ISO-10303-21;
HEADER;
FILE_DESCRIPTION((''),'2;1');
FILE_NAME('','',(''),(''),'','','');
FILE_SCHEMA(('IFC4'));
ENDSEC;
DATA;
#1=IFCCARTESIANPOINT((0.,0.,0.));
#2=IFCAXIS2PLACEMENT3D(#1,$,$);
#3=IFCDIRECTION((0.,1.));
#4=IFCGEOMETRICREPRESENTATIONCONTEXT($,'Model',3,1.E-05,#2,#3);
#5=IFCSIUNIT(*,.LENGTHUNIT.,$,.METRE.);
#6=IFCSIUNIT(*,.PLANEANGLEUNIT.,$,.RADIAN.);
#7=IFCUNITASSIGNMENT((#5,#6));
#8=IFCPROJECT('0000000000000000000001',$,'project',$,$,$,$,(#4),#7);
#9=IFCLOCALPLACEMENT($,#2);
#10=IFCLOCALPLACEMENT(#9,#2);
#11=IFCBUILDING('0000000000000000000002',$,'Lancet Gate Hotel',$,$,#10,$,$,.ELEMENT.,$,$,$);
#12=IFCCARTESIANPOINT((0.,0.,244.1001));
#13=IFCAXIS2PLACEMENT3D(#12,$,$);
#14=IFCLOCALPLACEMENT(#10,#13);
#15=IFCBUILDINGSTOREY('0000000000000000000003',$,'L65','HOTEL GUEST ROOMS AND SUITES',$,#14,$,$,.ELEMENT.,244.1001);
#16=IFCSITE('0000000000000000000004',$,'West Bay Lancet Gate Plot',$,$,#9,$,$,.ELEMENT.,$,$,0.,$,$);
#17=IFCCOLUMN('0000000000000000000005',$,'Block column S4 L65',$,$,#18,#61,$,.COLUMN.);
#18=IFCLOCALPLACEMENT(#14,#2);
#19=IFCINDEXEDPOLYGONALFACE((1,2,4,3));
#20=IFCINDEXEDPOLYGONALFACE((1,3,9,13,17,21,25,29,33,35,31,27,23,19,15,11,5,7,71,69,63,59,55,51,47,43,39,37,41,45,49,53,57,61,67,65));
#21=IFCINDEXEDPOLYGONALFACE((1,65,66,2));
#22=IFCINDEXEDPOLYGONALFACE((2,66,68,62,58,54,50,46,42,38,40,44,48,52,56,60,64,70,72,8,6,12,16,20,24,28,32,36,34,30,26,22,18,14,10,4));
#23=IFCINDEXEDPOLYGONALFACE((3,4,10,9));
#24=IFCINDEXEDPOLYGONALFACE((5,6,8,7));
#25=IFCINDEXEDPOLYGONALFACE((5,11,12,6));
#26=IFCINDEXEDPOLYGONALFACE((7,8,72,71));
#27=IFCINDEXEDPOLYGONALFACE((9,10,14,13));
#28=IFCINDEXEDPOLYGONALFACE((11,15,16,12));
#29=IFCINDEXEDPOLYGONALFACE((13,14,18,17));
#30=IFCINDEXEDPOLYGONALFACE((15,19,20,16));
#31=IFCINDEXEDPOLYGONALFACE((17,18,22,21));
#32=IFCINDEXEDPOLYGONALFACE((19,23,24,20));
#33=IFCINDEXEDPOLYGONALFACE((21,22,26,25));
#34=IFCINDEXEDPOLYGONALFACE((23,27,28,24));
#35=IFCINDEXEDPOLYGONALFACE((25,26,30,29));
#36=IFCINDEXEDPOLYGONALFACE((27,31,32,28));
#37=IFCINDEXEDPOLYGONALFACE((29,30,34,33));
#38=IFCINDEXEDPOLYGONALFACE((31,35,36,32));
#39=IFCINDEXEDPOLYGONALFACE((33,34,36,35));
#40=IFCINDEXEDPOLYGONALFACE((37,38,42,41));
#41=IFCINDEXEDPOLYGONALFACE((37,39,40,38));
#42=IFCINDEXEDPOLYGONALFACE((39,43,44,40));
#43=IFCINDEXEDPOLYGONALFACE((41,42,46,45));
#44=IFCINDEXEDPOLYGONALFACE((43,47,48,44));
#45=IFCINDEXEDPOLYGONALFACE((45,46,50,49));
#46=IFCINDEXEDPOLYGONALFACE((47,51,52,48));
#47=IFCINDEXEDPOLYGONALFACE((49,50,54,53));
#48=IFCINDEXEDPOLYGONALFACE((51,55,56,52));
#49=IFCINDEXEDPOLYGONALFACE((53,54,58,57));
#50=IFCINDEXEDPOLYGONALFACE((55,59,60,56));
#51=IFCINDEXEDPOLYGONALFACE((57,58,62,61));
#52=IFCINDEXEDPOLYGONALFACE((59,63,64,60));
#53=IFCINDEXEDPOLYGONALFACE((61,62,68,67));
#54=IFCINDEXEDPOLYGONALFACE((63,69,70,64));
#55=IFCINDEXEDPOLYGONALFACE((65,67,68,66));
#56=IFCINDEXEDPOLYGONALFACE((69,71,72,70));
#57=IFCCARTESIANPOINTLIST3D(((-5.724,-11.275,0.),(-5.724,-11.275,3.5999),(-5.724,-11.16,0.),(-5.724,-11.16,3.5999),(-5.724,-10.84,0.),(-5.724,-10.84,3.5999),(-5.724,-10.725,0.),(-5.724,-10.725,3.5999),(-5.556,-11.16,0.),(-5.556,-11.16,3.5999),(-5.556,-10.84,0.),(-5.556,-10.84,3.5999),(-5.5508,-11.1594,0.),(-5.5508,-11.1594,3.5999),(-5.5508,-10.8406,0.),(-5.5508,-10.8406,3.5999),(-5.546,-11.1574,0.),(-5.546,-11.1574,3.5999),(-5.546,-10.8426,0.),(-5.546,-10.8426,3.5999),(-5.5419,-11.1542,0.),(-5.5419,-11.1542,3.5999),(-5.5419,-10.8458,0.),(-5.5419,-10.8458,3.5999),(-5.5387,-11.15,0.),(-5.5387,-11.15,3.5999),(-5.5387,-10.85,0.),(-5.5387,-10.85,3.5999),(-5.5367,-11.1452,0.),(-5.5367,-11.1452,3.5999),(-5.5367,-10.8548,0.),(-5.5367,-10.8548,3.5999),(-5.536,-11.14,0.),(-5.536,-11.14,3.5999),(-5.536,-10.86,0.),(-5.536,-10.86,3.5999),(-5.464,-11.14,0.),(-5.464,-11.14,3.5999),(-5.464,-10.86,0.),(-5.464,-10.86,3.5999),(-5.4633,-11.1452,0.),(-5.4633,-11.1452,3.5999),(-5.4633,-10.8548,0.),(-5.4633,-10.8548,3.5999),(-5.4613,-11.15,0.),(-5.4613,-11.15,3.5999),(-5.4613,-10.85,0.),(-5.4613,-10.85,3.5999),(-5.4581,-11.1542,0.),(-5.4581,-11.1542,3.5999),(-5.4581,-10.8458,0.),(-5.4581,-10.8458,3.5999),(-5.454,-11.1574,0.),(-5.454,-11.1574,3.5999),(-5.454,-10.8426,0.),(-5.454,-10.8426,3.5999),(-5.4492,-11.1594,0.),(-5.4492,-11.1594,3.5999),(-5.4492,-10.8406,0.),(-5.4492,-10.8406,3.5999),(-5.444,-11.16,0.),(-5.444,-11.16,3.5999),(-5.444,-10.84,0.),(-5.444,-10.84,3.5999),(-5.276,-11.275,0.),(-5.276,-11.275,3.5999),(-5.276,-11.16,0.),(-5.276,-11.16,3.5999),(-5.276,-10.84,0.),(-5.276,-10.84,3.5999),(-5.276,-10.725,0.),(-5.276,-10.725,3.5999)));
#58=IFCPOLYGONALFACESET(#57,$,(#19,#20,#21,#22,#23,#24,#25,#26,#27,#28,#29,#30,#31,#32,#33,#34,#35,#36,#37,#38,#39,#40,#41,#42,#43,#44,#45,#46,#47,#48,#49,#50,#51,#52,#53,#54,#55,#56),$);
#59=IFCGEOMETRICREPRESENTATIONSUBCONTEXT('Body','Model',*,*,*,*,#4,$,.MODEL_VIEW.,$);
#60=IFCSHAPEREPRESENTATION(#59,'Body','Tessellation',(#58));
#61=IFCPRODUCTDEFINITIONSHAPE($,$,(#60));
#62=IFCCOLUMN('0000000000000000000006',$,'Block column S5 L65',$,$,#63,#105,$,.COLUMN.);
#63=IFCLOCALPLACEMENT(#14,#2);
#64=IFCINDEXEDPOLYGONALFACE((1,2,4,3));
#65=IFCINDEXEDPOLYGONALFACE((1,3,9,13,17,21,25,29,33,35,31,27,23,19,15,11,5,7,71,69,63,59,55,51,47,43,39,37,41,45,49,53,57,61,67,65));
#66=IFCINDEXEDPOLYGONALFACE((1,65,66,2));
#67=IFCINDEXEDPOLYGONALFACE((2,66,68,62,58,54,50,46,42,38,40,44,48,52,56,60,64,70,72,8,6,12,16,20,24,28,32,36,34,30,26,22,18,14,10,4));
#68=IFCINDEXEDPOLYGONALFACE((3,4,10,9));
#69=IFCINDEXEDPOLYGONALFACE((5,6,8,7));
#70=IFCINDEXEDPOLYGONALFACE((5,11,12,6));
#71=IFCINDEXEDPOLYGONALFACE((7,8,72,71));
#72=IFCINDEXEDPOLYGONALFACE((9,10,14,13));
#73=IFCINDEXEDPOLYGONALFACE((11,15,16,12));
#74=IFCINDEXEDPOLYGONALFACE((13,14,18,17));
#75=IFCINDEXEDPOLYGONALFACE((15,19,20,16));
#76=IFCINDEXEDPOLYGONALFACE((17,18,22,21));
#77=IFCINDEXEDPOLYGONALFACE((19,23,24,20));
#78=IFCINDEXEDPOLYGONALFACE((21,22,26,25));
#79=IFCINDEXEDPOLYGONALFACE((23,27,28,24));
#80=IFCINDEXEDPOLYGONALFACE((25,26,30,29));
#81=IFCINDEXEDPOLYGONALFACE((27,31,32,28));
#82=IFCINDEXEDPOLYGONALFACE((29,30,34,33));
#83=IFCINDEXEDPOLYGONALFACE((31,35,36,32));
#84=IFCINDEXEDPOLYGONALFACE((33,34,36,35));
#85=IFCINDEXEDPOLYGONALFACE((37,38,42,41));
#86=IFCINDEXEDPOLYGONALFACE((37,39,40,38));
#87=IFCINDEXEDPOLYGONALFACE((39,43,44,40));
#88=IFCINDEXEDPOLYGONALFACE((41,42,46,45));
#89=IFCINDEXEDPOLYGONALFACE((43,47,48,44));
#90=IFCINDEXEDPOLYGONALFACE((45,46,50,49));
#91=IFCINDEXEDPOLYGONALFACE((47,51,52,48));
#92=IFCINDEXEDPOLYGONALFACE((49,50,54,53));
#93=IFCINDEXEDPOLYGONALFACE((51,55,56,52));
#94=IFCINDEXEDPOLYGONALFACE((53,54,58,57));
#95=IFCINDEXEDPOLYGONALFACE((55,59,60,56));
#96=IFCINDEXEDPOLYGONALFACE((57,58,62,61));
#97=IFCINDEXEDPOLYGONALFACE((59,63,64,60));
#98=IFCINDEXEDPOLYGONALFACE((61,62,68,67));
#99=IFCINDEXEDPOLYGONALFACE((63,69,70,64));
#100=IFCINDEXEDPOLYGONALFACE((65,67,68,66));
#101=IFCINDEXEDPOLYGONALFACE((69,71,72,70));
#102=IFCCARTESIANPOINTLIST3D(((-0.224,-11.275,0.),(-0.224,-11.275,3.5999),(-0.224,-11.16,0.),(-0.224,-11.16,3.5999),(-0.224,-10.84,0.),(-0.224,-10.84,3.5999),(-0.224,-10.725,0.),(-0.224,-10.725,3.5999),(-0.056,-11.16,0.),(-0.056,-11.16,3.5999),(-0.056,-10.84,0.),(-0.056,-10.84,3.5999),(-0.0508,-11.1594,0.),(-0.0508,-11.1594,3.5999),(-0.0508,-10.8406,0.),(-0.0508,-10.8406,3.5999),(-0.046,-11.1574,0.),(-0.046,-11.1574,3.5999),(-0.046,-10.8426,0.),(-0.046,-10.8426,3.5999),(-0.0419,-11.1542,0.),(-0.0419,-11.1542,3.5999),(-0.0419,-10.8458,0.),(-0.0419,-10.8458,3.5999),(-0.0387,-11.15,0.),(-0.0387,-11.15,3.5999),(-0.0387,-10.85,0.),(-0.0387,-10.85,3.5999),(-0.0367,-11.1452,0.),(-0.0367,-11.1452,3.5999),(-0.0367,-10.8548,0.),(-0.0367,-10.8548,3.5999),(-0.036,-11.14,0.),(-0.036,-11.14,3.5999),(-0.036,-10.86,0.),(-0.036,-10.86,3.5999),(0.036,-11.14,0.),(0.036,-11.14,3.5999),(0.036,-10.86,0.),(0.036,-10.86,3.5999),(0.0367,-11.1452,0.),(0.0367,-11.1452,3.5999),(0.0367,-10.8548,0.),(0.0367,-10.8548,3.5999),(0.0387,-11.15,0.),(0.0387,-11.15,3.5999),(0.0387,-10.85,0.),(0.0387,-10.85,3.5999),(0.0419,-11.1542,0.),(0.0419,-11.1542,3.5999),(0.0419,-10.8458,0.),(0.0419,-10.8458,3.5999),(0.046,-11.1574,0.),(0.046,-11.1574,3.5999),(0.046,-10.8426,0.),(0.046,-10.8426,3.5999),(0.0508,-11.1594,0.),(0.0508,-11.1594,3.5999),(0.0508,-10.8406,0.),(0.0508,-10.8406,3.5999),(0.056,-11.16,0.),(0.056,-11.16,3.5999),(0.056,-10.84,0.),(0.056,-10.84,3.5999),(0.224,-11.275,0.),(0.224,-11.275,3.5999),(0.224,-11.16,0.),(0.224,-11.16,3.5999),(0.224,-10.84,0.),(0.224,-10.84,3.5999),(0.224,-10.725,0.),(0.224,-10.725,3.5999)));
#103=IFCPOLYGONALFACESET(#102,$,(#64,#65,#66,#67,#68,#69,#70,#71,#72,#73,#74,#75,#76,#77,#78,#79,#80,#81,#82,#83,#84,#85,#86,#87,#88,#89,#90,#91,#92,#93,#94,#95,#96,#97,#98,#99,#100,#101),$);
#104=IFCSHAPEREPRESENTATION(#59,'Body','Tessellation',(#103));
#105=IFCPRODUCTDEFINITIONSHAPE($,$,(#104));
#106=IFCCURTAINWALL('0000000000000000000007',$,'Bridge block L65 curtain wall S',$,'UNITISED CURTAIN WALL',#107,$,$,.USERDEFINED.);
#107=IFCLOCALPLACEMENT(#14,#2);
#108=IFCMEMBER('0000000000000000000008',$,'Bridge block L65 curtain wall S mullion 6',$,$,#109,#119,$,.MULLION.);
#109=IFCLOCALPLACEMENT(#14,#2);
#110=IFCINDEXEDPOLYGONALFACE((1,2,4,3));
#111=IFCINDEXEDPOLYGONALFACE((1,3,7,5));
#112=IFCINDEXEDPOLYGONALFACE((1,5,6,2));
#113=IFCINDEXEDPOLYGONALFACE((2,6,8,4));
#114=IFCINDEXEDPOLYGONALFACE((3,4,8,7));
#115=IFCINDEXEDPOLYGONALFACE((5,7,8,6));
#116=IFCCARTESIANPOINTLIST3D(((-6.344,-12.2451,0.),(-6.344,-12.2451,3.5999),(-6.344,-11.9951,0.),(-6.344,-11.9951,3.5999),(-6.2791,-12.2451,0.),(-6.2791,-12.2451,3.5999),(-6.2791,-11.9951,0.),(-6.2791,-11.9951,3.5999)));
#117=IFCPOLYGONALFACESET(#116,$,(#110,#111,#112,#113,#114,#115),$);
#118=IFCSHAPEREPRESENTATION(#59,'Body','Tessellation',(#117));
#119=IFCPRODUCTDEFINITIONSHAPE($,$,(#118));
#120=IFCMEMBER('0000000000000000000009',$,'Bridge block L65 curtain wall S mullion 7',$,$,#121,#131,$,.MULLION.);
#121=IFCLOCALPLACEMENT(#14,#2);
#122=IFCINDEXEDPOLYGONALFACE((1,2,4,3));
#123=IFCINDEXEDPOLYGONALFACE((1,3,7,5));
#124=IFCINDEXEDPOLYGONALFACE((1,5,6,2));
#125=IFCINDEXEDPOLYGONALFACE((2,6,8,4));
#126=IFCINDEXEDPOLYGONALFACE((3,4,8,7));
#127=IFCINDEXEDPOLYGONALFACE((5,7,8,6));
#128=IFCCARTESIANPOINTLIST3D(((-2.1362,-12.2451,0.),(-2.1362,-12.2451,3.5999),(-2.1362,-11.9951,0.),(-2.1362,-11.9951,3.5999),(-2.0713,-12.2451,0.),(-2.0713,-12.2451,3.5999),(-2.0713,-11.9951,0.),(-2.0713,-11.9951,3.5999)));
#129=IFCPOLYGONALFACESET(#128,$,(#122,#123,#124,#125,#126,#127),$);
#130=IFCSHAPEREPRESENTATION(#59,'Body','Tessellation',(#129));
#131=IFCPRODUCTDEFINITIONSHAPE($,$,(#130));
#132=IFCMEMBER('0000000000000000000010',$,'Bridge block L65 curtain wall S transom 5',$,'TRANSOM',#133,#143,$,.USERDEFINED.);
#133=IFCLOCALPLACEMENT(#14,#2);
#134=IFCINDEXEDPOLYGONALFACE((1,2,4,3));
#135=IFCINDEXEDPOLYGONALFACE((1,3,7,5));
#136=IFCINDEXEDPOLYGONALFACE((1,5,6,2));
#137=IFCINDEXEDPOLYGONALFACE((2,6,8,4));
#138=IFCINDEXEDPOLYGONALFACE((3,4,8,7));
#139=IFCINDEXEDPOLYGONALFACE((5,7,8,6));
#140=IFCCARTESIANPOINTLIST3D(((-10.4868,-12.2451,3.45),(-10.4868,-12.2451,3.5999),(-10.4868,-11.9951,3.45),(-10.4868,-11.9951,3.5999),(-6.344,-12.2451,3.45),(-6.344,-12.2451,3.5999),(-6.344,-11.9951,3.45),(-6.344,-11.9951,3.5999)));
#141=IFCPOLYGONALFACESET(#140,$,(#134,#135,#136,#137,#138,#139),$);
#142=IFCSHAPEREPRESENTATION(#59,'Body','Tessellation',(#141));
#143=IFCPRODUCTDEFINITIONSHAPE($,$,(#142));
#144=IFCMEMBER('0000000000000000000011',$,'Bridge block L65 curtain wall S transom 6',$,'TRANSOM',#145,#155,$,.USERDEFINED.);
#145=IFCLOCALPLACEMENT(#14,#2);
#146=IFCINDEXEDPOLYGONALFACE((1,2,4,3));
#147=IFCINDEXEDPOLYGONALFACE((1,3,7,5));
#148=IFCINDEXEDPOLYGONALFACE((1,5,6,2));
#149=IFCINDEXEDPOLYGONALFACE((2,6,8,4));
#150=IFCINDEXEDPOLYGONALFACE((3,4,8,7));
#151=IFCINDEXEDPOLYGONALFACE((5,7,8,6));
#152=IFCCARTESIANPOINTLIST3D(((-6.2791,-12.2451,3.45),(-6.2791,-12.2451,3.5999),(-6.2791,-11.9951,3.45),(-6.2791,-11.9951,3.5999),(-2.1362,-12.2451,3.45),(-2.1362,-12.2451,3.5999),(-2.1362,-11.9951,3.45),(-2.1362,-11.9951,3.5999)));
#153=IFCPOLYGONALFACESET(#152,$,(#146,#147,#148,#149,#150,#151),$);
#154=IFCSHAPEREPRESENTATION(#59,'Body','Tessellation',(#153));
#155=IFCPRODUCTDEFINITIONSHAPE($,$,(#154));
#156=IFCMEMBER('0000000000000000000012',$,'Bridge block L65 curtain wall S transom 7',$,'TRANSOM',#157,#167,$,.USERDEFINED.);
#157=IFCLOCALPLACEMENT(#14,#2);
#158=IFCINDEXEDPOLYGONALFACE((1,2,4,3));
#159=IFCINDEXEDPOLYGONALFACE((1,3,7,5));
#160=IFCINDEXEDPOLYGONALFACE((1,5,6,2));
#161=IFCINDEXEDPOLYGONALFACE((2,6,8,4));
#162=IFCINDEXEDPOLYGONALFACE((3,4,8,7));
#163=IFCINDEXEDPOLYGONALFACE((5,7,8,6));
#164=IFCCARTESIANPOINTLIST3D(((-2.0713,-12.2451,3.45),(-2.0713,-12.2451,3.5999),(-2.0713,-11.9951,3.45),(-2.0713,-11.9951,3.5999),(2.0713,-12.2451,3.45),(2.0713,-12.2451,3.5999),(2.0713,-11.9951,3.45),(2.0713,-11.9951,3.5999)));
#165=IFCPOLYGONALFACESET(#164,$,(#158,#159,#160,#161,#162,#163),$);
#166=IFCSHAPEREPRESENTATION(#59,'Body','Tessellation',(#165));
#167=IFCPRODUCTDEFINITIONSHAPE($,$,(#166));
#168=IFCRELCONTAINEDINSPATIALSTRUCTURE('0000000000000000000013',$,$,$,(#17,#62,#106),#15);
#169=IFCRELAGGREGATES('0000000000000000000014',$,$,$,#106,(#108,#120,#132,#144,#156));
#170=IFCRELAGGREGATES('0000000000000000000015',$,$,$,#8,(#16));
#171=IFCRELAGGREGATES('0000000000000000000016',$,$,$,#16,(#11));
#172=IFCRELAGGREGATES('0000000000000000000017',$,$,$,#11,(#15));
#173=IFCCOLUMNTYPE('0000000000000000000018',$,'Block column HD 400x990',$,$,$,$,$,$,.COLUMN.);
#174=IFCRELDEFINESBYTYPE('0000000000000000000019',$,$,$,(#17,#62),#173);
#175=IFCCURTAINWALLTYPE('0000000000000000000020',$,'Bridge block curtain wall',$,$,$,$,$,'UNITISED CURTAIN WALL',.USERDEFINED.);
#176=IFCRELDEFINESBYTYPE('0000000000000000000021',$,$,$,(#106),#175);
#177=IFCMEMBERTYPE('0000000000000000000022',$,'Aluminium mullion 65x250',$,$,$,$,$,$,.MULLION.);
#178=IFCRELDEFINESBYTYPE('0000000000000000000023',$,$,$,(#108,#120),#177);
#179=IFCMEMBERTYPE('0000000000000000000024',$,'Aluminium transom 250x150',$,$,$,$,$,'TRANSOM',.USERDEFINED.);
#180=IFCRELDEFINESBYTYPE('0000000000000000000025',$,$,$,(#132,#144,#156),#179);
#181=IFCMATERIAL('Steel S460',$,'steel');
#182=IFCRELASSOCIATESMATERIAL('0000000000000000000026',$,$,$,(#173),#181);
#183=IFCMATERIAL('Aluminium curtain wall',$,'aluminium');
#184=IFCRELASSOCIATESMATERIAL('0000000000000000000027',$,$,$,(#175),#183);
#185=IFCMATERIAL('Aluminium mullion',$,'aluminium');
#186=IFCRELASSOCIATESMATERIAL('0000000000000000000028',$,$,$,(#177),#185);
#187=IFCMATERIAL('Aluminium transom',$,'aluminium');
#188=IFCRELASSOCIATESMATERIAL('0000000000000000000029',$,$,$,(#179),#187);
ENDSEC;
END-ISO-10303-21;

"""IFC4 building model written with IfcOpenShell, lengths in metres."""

from ifc_helpers import new_model, si_unit, direction, frame, origin, origin_2d, place, context, subcontext, project, spatial, rectangle, i_section, extrude, material, material_profile, profile_set, type_object, element, aggregate, save


model = new_model("IFC4")

# Units and contexts
model_context = context("Model", 3, precision=1e-05, world=origin(), true_north=direction((0.0, 1.0)))
body_context = subcontext(model_context, "Body", "Model", "MODEL_VIEW")
ifc_project = project(units=[si_unit("LENGTHUNIT", "METRE"), si_unit("PLANEANGLEUNIT", "RADIAN")], contexts=[model_context])

# Site, building, storey
site_placement = place(None, origin())
site = spatial("IfcSite", under=ifc_project, at=site_placement, Name="West Bay Lancet Gate Plot", CompositionType="ELEMENT", RefElevation=0.0)
building_placement = place(site_placement, origin())
building = spatial("IfcBuilding", under=site, at=building_placement, Name="Lancet Gate Hotel", CompositionType="ELEMENT")
storey_placement = place(building_placement, frame((0.0, 0.0, 244.1001)))
storey = spatial("IfcBuildingStorey", under=building, at=storey_placement, Name="L65", Description="HOTEL GUEST ROOMS AND SUITES", CompositionType="ELEMENT", Elevation=244.1001)

# Columns
ifc_material_1 = material(Name="Steel S460", Category="steel")
ifc_material_profile_1 = material_profile(ifc_material_1, i_section(OverallWidth=0.448, OverallDepth=0.55, WebThickness=0.072, FlangeThickness=0.115, FilletRadius=0.02, at=origin_2d()), Name="HD 400x990")
ifc_profile_set_1 = profile_set([ifc_material_profile_1], Name="Steel S460")
column_type = type_object("IfcColumnType", Name="Block column HD 400x990", PredefinedType="COLUMN", material=ifc_profile_set_1)
for number, where, z_axis, x_axis, name in (
    (1, (-5.5, -11.0, 0.0), (0.0, 0.0, 1.0), (1.0, 0.0, 0.0), "Block column S4 L65"),
    (2, (0.0, -11.0, 0.0), (0.0, 0.0, 1.0), (1.0, 0.0, 0.0), "Block column S5 L65"),
):
    element("IfcColumn", number, at=place(storey_placement, frame(where, z_axis=z_axis, x_axis=x_axis)), inside=storey, type_object=column_type, Name=name, PredefinedType="COLUMN", context=body_context, shape_type="SweptSolid", body=[
        extrude(i_section(OverallWidth=0.448, OverallDepth=0.55, WebThickness=0.072, FlangeThickness=0.115, FilletRadius=0.02, at=origin_2d()), origin(), (0.0, 0.0, 1.0), 3.5999),
    ])

# Curtain wall, members
ifc_material_2 = material(Name="Aluminium curtain wall", Category="aluminium")
curtain_wall_type = type_object("IfcCurtainWallType", Name="Bridge block curtain wall", ElementType="UNITISED CURTAIN WALL", PredefinedType="USERDEFINED", material=ifc_material_2)
curtain_wall_placement = place(storey_placement, origin())
curtain_wall = element("IfcCurtainWall", 3, at=curtain_wall_placement, inside=storey, type_object=curtain_wall_type, Name="Bridge block L65 curtain wall S", ObjectType="UNITISED CURTAIN WALL", PredefinedType="USERDEFINED")
ifc_material_3 = material(Name="Aluminium mullion", Category="aluminium")
ifc_material_profile_2 = material_profile(ifc_material_3, rectangle(XDim=0.0649, YDim=0.25, at=origin_2d()), Name="MULLION 65x250")
ifc_profile_set_2 = profile_set([ifc_material_profile_2], Name="Aluminium mullion")
member_type_1 = type_object("IfcMemberType", Name="Aluminium mullion 65x250", PredefinedType="MULLION", material=ifc_profile_set_2)
member_1_placement = place(storey_placement, frame((-6.3115, -12.1201, 0.0), z_axis=(0.0, 0.0, 1.0), x_axis=(1.0, 0.0, 0.0)))
member_1 = element("IfcMember", 4, at=member_1_placement, type_object=member_type_1, Name="Bridge block L65 curtain wall S mullion 6", PredefinedType="MULLION", context=body_context, shape_type="SweptSolid", body=[
    extrude(rectangle(XDim=0.0649, YDim=0.25, at=origin_2d()), origin(), (0.0, 0.0, 1.0), 3.5999),
])
member_2_placement = place(storey_placement, frame((-2.1038, -12.1201, 0.0), z_axis=(0.0, 0.0, 1.0), x_axis=(1.0, 0.0, 0.0)))
member_2 = element("IfcMember", 5, at=member_2_placement, type_object=member_type_1, Name="Bridge block L65 curtain wall S mullion 7", PredefinedType="MULLION", context=body_context, shape_type="SweptSolid", body=[
    extrude(rectangle(XDim=0.0649, YDim=0.25, at=origin_2d()), origin(), (0.0, 0.0, 1.0), 3.5999),
])
ifc_material_4 = material(Name="Aluminium transom", Category="aluminium")
ifc_material_profile_3 = material_profile(ifc_material_4, rectangle(XDim=0.25, YDim=0.1499, at=origin_2d()), Name="TRANSOM 250x150")
ifc_profile_set_3 = profile_set([ifc_material_profile_3], Name="Aluminium transom")
member_type_2 = type_object("IfcMemberType", Name="Aluminium transom 250x150", ElementType="TRANSOM", PredefinedType="USERDEFINED", material=ifc_profile_set_3)
member_3_placement = place(storey_placement, frame((-10.4868, -12.1201, 3.5249), z_axis=(1.0, 0.0, 0.0), x_axis=(0.0, 1.0, 0.0)))
member_3 = element("IfcMember", 6, at=member_3_placement, type_object=member_type_2, Name="Bridge block L65 curtain wall S transom 5", ObjectType="TRANSOM", PredefinedType="USERDEFINED", context=body_context, shape_type="SweptSolid", body=[
    extrude(rectangle(XDim=0.25, YDim=0.1499, at=origin_2d()), origin(), (0.0, 0.0, 1.0), 4.1428),
])
member_4_placement = place(storey_placement, frame((-6.2791, -12.1201, 3.5249), z_axis=(1.0, 0.0, 0.0), x_axis=(0.0, 1.0, 0.0)))
member_4 = element("IfcMember", 7, at=member_4_placement, type_object=member_type_2, Name="Bridge block L65 curtain wall S transom 6", ObjectType="TRANSOM", PredefinedType="USERDEFINED", context=body_context, shape_type="SweptSolid", body=[
    extrude(rectangle(XDim=0.25, YDim=0.1499, at=origin_2d()), origin(), (0.0, 0.0, 1.0), 4.1428),
])
member_5_placement = place(storey_placement, frame((-2.0713, -12.1201, 3.5249), z_axis=(1.0, 0.0, 0.0), x_axis=(0.0, 1.0, 0.0)))
member_5 = element("IfcMember", 8, at=member_5_placement, type_object=member_type_2, Name="Bridge block L65 curtain wall S transom 7", ObjectType="TRANSOM", PredefinedType="USERDEFINED", context=body_context, shape_type="SweptSolid", body=[
    extrude(rectangle(XDim=0.25, YDim=0.1499, at=origin_2d()), origin(), (0.0, 0.0, 1.0), 4.1426),
])

aggregate(curtain_wall, [member_1, member_2, member_3, member_4, member_5])

save(model, "model.ifc")
